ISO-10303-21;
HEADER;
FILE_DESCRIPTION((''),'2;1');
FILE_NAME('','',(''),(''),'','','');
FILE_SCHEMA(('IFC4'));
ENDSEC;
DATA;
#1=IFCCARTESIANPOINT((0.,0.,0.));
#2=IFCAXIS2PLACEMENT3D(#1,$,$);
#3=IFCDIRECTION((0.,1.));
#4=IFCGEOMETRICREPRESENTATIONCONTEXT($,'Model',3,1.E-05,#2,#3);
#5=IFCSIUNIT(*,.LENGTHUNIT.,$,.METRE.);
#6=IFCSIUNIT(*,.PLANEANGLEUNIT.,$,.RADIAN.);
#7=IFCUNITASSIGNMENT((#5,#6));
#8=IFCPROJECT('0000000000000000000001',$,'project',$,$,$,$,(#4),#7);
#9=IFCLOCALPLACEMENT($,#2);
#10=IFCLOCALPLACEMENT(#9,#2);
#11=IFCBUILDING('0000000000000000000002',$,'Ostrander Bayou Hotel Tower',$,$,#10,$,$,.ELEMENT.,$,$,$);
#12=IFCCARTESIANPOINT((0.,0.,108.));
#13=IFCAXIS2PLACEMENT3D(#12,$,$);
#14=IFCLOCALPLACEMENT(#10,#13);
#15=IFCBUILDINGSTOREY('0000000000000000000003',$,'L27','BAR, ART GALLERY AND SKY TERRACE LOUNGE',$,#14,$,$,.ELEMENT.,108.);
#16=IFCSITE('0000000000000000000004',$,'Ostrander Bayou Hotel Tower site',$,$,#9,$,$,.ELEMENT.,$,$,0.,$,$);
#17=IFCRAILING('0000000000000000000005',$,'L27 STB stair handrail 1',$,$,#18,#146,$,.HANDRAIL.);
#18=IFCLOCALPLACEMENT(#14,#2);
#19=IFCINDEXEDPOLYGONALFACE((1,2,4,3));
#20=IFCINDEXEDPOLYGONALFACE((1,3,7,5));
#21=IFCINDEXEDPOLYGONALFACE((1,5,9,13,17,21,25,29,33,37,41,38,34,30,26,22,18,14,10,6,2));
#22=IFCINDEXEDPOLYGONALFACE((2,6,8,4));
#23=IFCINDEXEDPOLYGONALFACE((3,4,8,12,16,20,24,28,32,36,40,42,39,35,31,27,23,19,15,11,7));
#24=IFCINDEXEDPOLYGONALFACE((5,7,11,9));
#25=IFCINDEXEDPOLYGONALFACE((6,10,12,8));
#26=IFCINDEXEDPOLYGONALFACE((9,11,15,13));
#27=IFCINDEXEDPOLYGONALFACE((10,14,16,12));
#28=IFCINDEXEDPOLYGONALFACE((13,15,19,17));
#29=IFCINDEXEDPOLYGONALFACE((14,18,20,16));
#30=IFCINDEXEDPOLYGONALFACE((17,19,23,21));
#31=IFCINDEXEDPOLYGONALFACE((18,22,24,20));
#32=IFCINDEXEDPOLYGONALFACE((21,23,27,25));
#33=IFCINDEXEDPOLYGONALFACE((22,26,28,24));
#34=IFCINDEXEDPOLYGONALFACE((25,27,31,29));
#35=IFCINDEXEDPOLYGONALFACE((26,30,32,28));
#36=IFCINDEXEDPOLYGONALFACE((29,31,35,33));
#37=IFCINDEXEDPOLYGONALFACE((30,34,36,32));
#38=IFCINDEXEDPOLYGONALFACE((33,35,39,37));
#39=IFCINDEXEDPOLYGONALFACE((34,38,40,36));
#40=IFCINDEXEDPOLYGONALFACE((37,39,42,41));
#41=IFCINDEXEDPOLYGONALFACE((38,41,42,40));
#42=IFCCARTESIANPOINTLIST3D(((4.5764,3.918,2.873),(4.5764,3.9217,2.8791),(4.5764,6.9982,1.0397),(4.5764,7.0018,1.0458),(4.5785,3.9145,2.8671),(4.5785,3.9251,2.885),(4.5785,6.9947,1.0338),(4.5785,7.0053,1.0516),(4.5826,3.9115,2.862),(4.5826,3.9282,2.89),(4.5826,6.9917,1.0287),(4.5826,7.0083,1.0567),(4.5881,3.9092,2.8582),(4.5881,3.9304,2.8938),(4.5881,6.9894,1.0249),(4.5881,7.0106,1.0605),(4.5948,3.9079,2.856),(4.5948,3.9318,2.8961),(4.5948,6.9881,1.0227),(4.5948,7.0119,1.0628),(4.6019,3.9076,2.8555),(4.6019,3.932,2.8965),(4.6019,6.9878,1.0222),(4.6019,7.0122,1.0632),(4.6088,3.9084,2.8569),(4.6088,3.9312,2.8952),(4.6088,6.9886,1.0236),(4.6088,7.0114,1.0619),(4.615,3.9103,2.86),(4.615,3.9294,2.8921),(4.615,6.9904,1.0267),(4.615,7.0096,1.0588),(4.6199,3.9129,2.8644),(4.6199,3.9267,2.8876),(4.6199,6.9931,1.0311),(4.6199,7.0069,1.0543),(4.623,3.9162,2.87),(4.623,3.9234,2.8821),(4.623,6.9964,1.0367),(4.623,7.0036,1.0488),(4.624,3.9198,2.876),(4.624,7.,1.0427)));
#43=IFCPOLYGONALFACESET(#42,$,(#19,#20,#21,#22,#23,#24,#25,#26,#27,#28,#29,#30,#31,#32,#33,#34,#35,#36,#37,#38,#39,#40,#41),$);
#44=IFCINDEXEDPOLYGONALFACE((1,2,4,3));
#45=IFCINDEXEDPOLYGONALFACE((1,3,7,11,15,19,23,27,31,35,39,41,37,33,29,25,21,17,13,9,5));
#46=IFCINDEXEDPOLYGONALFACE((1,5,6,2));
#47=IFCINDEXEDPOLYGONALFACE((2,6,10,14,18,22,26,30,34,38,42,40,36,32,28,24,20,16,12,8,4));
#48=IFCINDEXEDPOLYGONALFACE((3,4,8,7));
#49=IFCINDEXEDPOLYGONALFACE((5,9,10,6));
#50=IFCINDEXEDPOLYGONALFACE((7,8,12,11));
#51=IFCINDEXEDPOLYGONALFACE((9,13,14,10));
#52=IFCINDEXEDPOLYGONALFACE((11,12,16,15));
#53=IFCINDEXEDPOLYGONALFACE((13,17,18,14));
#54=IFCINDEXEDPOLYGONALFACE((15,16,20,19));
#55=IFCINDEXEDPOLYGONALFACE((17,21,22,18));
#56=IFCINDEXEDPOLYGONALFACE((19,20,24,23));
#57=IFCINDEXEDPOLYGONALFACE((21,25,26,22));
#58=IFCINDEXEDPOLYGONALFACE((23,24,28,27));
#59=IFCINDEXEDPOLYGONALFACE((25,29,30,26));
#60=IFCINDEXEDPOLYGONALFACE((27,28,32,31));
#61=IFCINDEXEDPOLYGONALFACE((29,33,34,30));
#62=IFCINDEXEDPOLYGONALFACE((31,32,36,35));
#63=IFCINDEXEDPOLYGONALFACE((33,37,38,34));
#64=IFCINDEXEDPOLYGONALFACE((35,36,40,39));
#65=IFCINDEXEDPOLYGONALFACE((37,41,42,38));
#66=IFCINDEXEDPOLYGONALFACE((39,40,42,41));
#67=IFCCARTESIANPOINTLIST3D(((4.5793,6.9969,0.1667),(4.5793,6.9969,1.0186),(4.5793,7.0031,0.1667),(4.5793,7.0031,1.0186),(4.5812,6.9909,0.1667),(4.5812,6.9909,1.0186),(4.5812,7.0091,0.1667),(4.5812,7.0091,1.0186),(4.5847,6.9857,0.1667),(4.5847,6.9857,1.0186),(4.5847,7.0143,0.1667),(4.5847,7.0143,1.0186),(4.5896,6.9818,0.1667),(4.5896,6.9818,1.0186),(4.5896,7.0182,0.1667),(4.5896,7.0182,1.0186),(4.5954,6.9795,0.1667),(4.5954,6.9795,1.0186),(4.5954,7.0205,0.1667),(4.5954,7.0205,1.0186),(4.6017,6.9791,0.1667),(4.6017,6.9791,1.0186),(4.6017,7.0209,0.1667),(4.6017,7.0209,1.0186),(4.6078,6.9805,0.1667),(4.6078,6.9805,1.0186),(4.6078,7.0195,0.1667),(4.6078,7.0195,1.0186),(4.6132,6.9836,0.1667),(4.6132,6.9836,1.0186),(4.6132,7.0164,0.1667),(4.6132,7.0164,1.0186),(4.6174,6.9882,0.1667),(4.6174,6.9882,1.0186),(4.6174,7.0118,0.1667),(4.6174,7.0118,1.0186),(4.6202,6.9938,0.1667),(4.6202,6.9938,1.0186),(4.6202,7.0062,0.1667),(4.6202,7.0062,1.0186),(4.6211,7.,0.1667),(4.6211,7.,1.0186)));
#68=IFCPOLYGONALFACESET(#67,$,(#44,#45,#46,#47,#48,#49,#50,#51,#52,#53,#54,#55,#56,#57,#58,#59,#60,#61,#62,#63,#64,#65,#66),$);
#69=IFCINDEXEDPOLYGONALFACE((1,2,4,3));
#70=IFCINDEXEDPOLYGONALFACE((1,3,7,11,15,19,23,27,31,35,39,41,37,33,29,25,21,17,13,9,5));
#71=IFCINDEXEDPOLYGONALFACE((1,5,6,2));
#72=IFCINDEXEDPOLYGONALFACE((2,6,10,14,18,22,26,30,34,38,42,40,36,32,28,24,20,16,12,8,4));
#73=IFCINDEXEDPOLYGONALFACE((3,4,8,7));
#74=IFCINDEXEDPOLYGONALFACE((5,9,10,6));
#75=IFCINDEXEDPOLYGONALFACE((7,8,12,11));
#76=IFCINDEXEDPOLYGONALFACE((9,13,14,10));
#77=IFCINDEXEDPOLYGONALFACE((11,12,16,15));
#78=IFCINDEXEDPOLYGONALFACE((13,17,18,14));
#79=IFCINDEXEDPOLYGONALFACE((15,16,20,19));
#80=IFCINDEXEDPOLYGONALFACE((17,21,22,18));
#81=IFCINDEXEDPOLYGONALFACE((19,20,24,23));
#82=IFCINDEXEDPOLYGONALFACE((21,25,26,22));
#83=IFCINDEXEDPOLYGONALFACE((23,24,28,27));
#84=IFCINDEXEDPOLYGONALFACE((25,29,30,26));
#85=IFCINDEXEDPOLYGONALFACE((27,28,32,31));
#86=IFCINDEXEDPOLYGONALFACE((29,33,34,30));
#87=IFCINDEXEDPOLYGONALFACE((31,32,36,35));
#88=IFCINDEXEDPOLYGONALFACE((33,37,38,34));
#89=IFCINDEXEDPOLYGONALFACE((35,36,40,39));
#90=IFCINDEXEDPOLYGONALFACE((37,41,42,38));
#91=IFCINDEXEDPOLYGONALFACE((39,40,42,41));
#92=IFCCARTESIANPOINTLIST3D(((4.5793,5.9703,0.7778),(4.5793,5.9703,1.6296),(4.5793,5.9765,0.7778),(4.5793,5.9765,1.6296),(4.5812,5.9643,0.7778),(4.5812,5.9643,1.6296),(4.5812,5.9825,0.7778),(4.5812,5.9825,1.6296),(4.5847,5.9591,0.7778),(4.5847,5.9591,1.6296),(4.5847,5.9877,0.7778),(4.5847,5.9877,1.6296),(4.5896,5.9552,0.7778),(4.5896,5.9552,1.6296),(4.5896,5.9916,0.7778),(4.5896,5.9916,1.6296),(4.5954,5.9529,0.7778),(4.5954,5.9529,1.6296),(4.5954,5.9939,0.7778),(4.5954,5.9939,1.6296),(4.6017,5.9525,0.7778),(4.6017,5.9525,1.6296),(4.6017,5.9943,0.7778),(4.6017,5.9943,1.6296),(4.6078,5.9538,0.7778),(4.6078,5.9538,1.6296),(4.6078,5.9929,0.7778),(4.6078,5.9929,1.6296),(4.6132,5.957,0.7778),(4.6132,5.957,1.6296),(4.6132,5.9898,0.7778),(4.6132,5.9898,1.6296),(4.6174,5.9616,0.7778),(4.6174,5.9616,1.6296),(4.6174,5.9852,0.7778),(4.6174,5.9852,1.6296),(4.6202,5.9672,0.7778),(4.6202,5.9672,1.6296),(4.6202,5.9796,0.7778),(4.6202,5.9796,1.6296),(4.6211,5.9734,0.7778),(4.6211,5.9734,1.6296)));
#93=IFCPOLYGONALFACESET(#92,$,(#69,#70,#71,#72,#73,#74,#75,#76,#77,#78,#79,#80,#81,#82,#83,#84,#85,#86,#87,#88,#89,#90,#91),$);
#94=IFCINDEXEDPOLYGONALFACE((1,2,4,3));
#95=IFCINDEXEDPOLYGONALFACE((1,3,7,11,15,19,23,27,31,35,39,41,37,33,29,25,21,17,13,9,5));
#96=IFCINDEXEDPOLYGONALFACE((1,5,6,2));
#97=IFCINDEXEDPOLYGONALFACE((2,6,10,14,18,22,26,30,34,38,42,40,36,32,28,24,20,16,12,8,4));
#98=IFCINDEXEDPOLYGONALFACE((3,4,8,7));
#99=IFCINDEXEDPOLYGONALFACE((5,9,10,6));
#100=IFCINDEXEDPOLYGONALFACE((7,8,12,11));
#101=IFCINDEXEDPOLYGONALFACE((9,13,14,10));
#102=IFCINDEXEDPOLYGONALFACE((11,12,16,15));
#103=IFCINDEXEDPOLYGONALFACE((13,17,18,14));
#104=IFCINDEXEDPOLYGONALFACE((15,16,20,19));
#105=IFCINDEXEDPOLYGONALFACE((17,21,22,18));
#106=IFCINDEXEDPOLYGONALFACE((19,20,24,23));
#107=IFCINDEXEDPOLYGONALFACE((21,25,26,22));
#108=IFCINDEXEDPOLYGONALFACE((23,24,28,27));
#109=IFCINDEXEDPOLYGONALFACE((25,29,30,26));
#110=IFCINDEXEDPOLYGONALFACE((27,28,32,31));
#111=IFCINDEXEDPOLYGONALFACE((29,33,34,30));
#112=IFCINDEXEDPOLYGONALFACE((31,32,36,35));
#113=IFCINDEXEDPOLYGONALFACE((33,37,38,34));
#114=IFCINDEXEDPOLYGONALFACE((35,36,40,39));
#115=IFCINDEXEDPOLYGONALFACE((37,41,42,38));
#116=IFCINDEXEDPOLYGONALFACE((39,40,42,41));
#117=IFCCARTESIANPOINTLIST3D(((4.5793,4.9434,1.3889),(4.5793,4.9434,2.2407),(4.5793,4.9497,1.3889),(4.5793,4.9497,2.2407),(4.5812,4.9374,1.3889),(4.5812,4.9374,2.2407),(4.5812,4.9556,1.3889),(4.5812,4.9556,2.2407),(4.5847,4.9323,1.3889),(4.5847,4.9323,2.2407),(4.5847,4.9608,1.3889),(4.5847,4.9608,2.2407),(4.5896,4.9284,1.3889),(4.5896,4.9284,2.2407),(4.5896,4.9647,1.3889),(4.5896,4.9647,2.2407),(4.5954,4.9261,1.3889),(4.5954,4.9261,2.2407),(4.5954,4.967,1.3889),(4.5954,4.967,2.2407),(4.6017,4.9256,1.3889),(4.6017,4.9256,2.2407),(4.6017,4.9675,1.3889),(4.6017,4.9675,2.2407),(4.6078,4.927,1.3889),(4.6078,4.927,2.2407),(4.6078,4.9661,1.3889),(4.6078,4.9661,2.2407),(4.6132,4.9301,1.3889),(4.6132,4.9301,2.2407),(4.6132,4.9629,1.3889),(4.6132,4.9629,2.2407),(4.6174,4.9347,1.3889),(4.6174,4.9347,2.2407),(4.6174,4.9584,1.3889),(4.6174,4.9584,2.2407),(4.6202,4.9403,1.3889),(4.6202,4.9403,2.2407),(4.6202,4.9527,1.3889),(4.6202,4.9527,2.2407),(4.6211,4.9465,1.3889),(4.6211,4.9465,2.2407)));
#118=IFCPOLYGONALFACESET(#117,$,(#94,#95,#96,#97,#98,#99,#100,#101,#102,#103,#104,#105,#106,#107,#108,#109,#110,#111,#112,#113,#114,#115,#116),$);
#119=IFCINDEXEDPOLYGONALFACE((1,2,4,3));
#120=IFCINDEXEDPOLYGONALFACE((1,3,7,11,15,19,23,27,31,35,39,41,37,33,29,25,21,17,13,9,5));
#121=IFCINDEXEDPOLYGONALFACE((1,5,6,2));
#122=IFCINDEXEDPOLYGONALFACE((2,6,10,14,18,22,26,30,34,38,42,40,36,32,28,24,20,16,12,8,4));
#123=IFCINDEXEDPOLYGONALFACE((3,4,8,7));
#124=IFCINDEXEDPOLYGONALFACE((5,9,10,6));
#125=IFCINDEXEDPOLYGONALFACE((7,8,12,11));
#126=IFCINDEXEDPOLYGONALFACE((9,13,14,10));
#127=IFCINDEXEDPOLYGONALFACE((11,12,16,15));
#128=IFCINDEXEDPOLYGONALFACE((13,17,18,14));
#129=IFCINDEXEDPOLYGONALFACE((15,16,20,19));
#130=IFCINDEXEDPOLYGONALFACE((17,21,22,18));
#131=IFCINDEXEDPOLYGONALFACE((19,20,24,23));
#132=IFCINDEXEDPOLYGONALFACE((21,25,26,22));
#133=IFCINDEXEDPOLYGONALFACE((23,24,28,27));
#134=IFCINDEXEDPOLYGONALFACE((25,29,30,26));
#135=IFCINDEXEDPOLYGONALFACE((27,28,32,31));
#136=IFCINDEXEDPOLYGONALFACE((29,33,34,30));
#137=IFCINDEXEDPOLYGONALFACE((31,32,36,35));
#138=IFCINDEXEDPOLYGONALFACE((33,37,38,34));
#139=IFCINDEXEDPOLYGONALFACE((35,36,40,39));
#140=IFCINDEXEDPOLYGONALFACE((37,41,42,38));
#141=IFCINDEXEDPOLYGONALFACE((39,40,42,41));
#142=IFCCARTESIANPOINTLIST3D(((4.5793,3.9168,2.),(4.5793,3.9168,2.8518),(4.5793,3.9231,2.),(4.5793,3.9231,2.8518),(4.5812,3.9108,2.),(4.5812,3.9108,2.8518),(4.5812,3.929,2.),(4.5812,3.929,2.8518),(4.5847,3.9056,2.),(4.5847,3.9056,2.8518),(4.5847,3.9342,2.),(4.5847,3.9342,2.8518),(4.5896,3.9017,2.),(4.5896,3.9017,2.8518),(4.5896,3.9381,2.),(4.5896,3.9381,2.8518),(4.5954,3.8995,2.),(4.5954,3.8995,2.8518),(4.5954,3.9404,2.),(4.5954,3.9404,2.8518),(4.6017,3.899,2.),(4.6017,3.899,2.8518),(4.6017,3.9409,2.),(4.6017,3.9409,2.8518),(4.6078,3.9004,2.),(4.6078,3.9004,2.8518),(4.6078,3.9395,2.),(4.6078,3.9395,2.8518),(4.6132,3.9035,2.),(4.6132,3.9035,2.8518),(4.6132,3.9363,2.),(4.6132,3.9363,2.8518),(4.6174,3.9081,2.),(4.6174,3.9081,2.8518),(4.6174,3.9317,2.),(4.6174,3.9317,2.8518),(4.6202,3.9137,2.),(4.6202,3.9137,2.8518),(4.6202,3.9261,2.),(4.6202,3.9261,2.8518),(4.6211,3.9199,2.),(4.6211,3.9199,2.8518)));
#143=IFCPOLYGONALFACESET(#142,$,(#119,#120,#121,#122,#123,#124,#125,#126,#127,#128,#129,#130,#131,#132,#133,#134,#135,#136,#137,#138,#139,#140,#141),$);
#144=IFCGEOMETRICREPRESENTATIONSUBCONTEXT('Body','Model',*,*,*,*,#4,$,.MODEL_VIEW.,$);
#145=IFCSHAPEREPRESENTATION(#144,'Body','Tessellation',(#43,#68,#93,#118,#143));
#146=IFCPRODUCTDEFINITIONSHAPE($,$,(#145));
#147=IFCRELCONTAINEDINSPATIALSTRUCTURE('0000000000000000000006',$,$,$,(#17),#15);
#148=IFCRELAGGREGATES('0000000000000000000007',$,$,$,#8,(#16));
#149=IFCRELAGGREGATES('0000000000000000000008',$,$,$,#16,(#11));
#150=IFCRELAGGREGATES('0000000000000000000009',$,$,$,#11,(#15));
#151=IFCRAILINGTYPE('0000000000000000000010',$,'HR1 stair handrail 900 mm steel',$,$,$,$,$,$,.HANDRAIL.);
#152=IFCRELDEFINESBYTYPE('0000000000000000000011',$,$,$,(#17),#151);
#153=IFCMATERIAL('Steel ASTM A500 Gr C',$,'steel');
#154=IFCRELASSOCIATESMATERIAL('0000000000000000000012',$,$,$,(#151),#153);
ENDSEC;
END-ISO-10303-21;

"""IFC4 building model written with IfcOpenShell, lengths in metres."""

from ifc_helpers import new_model, si_unit, direction, frame, origin, origin_2d, place, context, subcontext, project, spatial, circle, extrude, material, type_object, element, save


model = new_model("IFC4")

# Units and contexts
model_context = context("Model", 3, precision=1e-05, world=origin(), true_north=direction((0.0, 1.0)))
body_context = subcontext(model_context, "Body", "Model", "MODEL_VIEW")
ifc_project = project(units=[si_unit("LENGTHUNIT", "METRE"), si_unit("PLANEANGLEUNIT", "RADIAN")], contexts=[model_context])

# Site, building, storey
site_placement = place(None, origin())
site = spatial("IfcSite", under=ifc_project, at=site_placement, Name="Ostrander Bayou Hotel Tower site", CompositionType="ELEMENT", RefElevation=0.0)
building_placement = place(site_placement, origin())
building = spatial("IfcBuilding", under=site, at=building_placement, Name="Ostrander Bayou Hotel Tower", CompositionType="ELEMENT")
storey_placement = place(building_placement, frame((0.0, 0.0, 108.0)))
storey = spatial("IfcBuildingStorey", under=building, at=storey_placement, Name="L27", Description="BAR, ART GALLERY AND SKY TERRACE LOUNGE", CompositionType="ELEMENT", Elevation=108.0)

# Railing
ifc_material_1 = material(Name="Steel ASTM A500 Gr C", Category="steel")
railing_type_1 = type_object("IfcRailingType", Name="HR1 stair handrail 900 mm steel", PredefinedType="HANDRAIL", material=ifc_material_1)
for number, where, name in (
    (1, (4.6001, 7.0, 0.1667), "L27 STB stair handrail 1"),
):
    element("IfcRailing", number, at=place(storey_placement, frame(where)), inside=storey, type_object=railing_type_1, Name=name, PredefinedType="HANDRAIL", context=body_context, shape_type="SweptSolid", body=[
        extrude(circle(Radius=0.0239, at=origin_2d()), frame((0.0, 0.0, 0.876), z_axis=(0.0, -0.859309, 0.511458), x_axis=(1.0, 0.0, 0.0)), (0.0, 0.0, 1.0), 3.5845),
        extrude(circle(Radius=0.021, at=origin_2d()), origin(), (0.0, 0.0, 1.0), 0.8518),
        extrude(circle(Radius=0.021, at=origin_2d()), frame((0.0, -1.0266, 0.6111)), (0.0, 0.0, 1.0), 0.8518),
        extrude(circle(Radius=0.021, at=origin_2d()), frame((0.0, -2.0535, 1.2222)), (0.0, 0.0, 1.0), 0.8518),
        extrude(circle(Radius=0.021, at=origin_2d()), frame((0.0, -3.0801, 1.8333)), (0.0, 0.0, 1.0), 0.8518),
    ])

save(model, "model.ifc")
